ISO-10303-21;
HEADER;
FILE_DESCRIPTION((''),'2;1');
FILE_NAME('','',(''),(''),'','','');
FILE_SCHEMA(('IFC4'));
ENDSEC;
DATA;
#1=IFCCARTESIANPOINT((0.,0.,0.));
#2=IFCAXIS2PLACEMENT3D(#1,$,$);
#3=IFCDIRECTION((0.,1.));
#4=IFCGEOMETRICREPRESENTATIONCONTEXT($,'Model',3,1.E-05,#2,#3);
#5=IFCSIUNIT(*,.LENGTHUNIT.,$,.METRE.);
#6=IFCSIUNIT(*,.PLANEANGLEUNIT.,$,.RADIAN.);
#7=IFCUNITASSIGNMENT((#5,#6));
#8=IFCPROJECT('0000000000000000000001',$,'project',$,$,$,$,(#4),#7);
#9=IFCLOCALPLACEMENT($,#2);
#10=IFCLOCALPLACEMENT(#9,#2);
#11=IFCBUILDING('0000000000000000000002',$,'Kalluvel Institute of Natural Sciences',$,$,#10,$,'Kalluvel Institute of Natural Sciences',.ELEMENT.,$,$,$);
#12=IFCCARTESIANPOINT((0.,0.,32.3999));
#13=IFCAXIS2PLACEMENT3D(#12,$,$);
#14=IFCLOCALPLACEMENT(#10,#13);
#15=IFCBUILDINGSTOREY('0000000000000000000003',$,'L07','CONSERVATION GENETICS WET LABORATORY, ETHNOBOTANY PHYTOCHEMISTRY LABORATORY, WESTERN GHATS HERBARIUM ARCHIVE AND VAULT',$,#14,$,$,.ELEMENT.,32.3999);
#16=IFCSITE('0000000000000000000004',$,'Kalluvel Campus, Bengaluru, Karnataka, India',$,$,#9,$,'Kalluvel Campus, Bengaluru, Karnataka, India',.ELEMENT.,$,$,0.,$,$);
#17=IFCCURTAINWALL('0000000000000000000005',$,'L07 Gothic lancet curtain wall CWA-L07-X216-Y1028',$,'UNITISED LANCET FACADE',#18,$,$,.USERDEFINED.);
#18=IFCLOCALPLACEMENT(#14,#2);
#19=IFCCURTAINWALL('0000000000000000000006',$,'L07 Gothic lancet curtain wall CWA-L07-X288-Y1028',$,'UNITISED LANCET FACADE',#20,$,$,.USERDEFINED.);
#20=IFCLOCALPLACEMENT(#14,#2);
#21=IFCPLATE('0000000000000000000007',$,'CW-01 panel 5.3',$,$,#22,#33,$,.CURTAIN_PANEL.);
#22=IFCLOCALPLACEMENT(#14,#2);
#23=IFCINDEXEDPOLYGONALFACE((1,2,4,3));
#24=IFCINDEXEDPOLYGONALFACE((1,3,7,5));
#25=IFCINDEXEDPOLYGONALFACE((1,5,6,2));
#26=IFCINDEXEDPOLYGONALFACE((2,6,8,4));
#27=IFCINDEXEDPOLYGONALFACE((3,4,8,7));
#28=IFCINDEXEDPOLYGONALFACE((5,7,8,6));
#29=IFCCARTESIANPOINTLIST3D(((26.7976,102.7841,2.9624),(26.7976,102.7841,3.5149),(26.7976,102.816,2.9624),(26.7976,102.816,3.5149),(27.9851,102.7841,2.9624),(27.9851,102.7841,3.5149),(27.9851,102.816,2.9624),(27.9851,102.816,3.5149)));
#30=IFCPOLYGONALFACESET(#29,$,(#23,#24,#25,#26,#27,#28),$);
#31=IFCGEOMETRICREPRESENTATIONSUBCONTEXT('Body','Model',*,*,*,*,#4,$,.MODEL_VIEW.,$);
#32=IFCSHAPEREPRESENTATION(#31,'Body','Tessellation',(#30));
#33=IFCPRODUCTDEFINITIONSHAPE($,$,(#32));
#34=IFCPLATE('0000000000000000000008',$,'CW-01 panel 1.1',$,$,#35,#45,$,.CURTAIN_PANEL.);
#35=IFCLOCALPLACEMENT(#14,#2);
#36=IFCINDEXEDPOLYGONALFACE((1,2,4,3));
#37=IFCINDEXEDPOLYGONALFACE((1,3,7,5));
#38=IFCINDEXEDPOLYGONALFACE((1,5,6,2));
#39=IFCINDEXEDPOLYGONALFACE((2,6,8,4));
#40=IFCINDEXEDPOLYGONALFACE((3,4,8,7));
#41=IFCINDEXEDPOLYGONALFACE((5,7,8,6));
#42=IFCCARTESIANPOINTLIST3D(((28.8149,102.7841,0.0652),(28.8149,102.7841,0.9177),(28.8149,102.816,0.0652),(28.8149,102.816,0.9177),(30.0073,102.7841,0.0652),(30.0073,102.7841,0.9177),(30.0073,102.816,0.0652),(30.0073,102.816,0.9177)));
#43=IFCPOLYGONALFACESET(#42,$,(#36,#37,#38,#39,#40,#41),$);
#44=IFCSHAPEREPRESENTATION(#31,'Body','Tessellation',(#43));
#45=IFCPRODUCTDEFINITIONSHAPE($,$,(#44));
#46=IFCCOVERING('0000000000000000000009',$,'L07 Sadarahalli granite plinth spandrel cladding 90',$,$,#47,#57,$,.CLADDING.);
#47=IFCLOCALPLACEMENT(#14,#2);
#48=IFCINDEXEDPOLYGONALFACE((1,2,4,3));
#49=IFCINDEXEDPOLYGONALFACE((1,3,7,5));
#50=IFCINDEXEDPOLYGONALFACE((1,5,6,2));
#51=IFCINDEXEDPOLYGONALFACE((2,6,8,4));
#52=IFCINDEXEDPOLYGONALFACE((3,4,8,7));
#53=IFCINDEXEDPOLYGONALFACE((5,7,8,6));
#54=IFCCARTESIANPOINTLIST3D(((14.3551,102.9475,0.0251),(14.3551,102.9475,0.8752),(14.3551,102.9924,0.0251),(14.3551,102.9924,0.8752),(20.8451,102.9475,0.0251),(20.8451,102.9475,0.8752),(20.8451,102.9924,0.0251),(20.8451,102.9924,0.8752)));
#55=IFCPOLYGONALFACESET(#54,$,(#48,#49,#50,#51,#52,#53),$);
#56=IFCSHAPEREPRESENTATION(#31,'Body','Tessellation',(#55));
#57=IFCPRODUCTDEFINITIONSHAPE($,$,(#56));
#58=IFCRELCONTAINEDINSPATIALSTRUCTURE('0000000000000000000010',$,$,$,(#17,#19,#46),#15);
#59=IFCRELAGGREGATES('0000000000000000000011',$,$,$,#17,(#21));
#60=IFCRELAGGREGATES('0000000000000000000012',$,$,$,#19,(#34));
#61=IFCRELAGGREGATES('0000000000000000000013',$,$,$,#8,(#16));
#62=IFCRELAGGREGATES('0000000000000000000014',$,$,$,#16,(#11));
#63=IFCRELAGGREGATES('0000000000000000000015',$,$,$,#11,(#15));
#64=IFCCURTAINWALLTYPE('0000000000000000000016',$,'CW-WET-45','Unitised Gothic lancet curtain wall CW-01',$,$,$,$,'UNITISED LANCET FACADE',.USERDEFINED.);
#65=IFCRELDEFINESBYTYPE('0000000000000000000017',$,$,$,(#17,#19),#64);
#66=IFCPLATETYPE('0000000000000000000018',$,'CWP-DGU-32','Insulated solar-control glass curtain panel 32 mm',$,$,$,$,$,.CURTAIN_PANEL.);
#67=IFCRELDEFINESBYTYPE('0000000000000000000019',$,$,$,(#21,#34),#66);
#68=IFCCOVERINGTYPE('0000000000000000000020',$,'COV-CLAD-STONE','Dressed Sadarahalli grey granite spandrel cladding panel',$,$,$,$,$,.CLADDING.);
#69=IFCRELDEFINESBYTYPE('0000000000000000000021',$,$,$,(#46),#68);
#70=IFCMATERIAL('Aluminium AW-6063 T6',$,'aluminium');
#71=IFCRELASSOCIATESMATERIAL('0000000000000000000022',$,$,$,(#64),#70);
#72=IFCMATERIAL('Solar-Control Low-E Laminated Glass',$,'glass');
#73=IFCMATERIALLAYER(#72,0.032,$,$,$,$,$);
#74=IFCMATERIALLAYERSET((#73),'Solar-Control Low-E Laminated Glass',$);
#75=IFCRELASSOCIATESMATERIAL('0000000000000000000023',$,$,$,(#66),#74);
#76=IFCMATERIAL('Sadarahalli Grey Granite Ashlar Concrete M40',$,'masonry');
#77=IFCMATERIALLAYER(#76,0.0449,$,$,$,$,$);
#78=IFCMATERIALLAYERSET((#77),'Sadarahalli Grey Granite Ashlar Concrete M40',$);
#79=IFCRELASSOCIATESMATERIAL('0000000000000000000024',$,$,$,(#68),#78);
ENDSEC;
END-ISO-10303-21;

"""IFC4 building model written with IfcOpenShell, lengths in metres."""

from ifc_helpers import new_model, si_unit, direction, frame, origin, origin_2d, place, context, subcontext, project, spatial, rectangle, extrude, material, layer, layer_set, type_object, element, aggregate, save


model = new_model("IFC4")

# Units and contexts
model_context = context("Model", 3, precision=1e-05, world=origin(), true_north=direction((0.0, 1.0)))
body_context = subcontext(model_context, "Body", "Model", "MODEL_VIEW")
ifc_project = project(units=[si_unit("LENGTHUNIT", "METRE"), si_unit("PLANEANGLEUNIT", "RADIAN")], contexts=[model_context])

# Site, building, storey
site_placement = place(None, origin())
site = spatial("IfcSite", under=ifc_project, at=site_placement, Name="Kalluvel Campus, Bengaluru, Karnataka, India", LongName="Kalluvel Campus, Bengaluru, Karnataka, India", CompositionType="ELEMENT", RefElevation=0.0)
building_placement = place(site_placement, origin())
building = spatial("IfcBuilding", under=site, at=building_placement, Name="Kalluvel Institute of Natural Sciences", LongName="Kalluvel Institute of Natural Sciences", CompositionType="ELEMENT")
storey_placement = place(building_placement, frame((0.0, 0.0, 32.3999)))
storey = spatial("IfcBuildingStorey", under=building, at=storey_placement, Name="L07", Description="CONSERVATION GENETICS WET LABORATORY, ETHNOBOTANY PHYTOCHEMISTRY LABORATORY, WESTERN GHATS HERBARIUM ARCHIVE AND VAULT", CompositionType="ELEMENT", Elevation=32.3999)

# Curtain wall
ifc_material_1 = material(Name="Aluminium AW-6063 T6", Category="aluminium")
curtain_wall_type = type_object("IfcCurtainWallType", Name="CW-WET-45", Description="Unitised Gothic lancet curtain wall CW-01", ElementType="UNITISED LANCET FACADE", PredefinedType="USERDEFINED", material=ifc_material_1)
curtain_wall_1_placement = place(storey_placement, origin())
curtain_wall_1 = element("IfcCurtainWall", 1, at=curtain_wall_1_placement, inside=storey, type_object=curtain_wall_type, Name="L07 Gothic lancet curtain wall CWA-L07-X216-Y1028", ObjectType="UNITISED LANCET FACADE", PredefinedType="USERDEFINED")

# Curtain wall
curtain_wall_2_placement = place(storey_placement, origin())
curtain_wall_2 = element("IfcCurtainWall", 2, at=curtain_wall_2_placement, inside=storey, type_object=curtain_wall_type, Name="L07 Gothic lancet curtain wall CWA-L07-X288-Y1028", ObjectType="UNITISED LANCET FACADE", PredefinedType="USERDEFINED")

# Plates
ifc_material_2 = material(Name="Solar-Control Low-E Laminated Glass", Category="glass")
ifc_layer_1 = layer(ifc_material_2, 0.032)
ifc_layer_set_1 = layer_set([ifc_layer_1], Name="Solar-Control Low-E Laminated Glass")
plate_type = type_object("IfcPlateType", Name="CWP-DGU-32", Description="Insulated solar-control glass curtain panel 32 mm", PredefinedType="CURTAIN_PANEL", material=ifc_layer_set_1)
plate_1_placement = place(storey_placement, frame((27.3914, 102.8, 2.9624), z_axis=(0.0, 0.0, 1.0), x_axis=(1.0, 0.0, 0.0)))
plate_1 = element("IfcPlate", 3, at=plate_1_placement, type_object=plate_type, Name="CW-01 panel 5.3", PredefinedType="CURTAIN_PANEL", context=body_context, shape_type="SweptSolid", body=[
    extrude(rectangle(XDim=1.1875, YDim=0.032, at=origin_2d()), origin(), (0.0, 0.0, 1.0), 0.5525),
])
aggregate(curtain_wall_1, [plate_1])
plate_2_placement = place(storey_placement, frame((29.4111, 102.8, 0.0652), z_axis=(0.0, 0.0, 1.0), x_axis=(1.0, 0.0, 0.0)))
plate_2 = element("IfcPlate", 4, at=plate_2_placement, type_object=plate_type, Name="CW-01 panel 1.1", PredefinedType="CURTAIN_PANEL", context=body_context, shape_type="SweptSolid", body=[
    extrude(rectangle(XDim=1.1924, YDim=0.032, at=origin_2d()), origin(), (0.0, 0.0, 1.0), 0.8525),
])
aggregate(curtain_wall_2, [plate_2])

# Covering
ifc_material_3 = material(Name="Sadarahalli Grey Granite Ashlar Concrete M40", Category="masonry")
ifc_layer_2 = layer(ifc_material_3, 0.0449)
ifc_layer_set_2 = layer_set([ifc_layer_2], Name="Sadarahalli Grey Granite Ashlar Concrete M40")
covering_type = type_object("IfcCoveringType", Name="COV-CLAD-STONE", Description="Dressed Sadarahalli grey granite spandrel cladding panel", PredefinedType="CLADDING", material=ifc_layer_set_2)
covering_placement = place(storey_placement, frame((17.6001, 102.97, 0.0251), z_axis=(0.0, 0.0, 1.0), x_axis=(1.0, 0.0, 0.0)))
element("IfcCovering", 5, at=covering_placement, inside=storey, type_object=covering_type, Name="L07 Sadarahalli granite plinth spandrel cladding 90", PredefinedType="CLADDING", context=body_context, shape_type="SweptSolid", body=[
    extrude(rectangle(XDim=6.49, YDim=0.0449, at=origin_2d()), origin(), (0.0, 0.0, 1.0), 0.8501),
])

save(model, "model.ifc")
